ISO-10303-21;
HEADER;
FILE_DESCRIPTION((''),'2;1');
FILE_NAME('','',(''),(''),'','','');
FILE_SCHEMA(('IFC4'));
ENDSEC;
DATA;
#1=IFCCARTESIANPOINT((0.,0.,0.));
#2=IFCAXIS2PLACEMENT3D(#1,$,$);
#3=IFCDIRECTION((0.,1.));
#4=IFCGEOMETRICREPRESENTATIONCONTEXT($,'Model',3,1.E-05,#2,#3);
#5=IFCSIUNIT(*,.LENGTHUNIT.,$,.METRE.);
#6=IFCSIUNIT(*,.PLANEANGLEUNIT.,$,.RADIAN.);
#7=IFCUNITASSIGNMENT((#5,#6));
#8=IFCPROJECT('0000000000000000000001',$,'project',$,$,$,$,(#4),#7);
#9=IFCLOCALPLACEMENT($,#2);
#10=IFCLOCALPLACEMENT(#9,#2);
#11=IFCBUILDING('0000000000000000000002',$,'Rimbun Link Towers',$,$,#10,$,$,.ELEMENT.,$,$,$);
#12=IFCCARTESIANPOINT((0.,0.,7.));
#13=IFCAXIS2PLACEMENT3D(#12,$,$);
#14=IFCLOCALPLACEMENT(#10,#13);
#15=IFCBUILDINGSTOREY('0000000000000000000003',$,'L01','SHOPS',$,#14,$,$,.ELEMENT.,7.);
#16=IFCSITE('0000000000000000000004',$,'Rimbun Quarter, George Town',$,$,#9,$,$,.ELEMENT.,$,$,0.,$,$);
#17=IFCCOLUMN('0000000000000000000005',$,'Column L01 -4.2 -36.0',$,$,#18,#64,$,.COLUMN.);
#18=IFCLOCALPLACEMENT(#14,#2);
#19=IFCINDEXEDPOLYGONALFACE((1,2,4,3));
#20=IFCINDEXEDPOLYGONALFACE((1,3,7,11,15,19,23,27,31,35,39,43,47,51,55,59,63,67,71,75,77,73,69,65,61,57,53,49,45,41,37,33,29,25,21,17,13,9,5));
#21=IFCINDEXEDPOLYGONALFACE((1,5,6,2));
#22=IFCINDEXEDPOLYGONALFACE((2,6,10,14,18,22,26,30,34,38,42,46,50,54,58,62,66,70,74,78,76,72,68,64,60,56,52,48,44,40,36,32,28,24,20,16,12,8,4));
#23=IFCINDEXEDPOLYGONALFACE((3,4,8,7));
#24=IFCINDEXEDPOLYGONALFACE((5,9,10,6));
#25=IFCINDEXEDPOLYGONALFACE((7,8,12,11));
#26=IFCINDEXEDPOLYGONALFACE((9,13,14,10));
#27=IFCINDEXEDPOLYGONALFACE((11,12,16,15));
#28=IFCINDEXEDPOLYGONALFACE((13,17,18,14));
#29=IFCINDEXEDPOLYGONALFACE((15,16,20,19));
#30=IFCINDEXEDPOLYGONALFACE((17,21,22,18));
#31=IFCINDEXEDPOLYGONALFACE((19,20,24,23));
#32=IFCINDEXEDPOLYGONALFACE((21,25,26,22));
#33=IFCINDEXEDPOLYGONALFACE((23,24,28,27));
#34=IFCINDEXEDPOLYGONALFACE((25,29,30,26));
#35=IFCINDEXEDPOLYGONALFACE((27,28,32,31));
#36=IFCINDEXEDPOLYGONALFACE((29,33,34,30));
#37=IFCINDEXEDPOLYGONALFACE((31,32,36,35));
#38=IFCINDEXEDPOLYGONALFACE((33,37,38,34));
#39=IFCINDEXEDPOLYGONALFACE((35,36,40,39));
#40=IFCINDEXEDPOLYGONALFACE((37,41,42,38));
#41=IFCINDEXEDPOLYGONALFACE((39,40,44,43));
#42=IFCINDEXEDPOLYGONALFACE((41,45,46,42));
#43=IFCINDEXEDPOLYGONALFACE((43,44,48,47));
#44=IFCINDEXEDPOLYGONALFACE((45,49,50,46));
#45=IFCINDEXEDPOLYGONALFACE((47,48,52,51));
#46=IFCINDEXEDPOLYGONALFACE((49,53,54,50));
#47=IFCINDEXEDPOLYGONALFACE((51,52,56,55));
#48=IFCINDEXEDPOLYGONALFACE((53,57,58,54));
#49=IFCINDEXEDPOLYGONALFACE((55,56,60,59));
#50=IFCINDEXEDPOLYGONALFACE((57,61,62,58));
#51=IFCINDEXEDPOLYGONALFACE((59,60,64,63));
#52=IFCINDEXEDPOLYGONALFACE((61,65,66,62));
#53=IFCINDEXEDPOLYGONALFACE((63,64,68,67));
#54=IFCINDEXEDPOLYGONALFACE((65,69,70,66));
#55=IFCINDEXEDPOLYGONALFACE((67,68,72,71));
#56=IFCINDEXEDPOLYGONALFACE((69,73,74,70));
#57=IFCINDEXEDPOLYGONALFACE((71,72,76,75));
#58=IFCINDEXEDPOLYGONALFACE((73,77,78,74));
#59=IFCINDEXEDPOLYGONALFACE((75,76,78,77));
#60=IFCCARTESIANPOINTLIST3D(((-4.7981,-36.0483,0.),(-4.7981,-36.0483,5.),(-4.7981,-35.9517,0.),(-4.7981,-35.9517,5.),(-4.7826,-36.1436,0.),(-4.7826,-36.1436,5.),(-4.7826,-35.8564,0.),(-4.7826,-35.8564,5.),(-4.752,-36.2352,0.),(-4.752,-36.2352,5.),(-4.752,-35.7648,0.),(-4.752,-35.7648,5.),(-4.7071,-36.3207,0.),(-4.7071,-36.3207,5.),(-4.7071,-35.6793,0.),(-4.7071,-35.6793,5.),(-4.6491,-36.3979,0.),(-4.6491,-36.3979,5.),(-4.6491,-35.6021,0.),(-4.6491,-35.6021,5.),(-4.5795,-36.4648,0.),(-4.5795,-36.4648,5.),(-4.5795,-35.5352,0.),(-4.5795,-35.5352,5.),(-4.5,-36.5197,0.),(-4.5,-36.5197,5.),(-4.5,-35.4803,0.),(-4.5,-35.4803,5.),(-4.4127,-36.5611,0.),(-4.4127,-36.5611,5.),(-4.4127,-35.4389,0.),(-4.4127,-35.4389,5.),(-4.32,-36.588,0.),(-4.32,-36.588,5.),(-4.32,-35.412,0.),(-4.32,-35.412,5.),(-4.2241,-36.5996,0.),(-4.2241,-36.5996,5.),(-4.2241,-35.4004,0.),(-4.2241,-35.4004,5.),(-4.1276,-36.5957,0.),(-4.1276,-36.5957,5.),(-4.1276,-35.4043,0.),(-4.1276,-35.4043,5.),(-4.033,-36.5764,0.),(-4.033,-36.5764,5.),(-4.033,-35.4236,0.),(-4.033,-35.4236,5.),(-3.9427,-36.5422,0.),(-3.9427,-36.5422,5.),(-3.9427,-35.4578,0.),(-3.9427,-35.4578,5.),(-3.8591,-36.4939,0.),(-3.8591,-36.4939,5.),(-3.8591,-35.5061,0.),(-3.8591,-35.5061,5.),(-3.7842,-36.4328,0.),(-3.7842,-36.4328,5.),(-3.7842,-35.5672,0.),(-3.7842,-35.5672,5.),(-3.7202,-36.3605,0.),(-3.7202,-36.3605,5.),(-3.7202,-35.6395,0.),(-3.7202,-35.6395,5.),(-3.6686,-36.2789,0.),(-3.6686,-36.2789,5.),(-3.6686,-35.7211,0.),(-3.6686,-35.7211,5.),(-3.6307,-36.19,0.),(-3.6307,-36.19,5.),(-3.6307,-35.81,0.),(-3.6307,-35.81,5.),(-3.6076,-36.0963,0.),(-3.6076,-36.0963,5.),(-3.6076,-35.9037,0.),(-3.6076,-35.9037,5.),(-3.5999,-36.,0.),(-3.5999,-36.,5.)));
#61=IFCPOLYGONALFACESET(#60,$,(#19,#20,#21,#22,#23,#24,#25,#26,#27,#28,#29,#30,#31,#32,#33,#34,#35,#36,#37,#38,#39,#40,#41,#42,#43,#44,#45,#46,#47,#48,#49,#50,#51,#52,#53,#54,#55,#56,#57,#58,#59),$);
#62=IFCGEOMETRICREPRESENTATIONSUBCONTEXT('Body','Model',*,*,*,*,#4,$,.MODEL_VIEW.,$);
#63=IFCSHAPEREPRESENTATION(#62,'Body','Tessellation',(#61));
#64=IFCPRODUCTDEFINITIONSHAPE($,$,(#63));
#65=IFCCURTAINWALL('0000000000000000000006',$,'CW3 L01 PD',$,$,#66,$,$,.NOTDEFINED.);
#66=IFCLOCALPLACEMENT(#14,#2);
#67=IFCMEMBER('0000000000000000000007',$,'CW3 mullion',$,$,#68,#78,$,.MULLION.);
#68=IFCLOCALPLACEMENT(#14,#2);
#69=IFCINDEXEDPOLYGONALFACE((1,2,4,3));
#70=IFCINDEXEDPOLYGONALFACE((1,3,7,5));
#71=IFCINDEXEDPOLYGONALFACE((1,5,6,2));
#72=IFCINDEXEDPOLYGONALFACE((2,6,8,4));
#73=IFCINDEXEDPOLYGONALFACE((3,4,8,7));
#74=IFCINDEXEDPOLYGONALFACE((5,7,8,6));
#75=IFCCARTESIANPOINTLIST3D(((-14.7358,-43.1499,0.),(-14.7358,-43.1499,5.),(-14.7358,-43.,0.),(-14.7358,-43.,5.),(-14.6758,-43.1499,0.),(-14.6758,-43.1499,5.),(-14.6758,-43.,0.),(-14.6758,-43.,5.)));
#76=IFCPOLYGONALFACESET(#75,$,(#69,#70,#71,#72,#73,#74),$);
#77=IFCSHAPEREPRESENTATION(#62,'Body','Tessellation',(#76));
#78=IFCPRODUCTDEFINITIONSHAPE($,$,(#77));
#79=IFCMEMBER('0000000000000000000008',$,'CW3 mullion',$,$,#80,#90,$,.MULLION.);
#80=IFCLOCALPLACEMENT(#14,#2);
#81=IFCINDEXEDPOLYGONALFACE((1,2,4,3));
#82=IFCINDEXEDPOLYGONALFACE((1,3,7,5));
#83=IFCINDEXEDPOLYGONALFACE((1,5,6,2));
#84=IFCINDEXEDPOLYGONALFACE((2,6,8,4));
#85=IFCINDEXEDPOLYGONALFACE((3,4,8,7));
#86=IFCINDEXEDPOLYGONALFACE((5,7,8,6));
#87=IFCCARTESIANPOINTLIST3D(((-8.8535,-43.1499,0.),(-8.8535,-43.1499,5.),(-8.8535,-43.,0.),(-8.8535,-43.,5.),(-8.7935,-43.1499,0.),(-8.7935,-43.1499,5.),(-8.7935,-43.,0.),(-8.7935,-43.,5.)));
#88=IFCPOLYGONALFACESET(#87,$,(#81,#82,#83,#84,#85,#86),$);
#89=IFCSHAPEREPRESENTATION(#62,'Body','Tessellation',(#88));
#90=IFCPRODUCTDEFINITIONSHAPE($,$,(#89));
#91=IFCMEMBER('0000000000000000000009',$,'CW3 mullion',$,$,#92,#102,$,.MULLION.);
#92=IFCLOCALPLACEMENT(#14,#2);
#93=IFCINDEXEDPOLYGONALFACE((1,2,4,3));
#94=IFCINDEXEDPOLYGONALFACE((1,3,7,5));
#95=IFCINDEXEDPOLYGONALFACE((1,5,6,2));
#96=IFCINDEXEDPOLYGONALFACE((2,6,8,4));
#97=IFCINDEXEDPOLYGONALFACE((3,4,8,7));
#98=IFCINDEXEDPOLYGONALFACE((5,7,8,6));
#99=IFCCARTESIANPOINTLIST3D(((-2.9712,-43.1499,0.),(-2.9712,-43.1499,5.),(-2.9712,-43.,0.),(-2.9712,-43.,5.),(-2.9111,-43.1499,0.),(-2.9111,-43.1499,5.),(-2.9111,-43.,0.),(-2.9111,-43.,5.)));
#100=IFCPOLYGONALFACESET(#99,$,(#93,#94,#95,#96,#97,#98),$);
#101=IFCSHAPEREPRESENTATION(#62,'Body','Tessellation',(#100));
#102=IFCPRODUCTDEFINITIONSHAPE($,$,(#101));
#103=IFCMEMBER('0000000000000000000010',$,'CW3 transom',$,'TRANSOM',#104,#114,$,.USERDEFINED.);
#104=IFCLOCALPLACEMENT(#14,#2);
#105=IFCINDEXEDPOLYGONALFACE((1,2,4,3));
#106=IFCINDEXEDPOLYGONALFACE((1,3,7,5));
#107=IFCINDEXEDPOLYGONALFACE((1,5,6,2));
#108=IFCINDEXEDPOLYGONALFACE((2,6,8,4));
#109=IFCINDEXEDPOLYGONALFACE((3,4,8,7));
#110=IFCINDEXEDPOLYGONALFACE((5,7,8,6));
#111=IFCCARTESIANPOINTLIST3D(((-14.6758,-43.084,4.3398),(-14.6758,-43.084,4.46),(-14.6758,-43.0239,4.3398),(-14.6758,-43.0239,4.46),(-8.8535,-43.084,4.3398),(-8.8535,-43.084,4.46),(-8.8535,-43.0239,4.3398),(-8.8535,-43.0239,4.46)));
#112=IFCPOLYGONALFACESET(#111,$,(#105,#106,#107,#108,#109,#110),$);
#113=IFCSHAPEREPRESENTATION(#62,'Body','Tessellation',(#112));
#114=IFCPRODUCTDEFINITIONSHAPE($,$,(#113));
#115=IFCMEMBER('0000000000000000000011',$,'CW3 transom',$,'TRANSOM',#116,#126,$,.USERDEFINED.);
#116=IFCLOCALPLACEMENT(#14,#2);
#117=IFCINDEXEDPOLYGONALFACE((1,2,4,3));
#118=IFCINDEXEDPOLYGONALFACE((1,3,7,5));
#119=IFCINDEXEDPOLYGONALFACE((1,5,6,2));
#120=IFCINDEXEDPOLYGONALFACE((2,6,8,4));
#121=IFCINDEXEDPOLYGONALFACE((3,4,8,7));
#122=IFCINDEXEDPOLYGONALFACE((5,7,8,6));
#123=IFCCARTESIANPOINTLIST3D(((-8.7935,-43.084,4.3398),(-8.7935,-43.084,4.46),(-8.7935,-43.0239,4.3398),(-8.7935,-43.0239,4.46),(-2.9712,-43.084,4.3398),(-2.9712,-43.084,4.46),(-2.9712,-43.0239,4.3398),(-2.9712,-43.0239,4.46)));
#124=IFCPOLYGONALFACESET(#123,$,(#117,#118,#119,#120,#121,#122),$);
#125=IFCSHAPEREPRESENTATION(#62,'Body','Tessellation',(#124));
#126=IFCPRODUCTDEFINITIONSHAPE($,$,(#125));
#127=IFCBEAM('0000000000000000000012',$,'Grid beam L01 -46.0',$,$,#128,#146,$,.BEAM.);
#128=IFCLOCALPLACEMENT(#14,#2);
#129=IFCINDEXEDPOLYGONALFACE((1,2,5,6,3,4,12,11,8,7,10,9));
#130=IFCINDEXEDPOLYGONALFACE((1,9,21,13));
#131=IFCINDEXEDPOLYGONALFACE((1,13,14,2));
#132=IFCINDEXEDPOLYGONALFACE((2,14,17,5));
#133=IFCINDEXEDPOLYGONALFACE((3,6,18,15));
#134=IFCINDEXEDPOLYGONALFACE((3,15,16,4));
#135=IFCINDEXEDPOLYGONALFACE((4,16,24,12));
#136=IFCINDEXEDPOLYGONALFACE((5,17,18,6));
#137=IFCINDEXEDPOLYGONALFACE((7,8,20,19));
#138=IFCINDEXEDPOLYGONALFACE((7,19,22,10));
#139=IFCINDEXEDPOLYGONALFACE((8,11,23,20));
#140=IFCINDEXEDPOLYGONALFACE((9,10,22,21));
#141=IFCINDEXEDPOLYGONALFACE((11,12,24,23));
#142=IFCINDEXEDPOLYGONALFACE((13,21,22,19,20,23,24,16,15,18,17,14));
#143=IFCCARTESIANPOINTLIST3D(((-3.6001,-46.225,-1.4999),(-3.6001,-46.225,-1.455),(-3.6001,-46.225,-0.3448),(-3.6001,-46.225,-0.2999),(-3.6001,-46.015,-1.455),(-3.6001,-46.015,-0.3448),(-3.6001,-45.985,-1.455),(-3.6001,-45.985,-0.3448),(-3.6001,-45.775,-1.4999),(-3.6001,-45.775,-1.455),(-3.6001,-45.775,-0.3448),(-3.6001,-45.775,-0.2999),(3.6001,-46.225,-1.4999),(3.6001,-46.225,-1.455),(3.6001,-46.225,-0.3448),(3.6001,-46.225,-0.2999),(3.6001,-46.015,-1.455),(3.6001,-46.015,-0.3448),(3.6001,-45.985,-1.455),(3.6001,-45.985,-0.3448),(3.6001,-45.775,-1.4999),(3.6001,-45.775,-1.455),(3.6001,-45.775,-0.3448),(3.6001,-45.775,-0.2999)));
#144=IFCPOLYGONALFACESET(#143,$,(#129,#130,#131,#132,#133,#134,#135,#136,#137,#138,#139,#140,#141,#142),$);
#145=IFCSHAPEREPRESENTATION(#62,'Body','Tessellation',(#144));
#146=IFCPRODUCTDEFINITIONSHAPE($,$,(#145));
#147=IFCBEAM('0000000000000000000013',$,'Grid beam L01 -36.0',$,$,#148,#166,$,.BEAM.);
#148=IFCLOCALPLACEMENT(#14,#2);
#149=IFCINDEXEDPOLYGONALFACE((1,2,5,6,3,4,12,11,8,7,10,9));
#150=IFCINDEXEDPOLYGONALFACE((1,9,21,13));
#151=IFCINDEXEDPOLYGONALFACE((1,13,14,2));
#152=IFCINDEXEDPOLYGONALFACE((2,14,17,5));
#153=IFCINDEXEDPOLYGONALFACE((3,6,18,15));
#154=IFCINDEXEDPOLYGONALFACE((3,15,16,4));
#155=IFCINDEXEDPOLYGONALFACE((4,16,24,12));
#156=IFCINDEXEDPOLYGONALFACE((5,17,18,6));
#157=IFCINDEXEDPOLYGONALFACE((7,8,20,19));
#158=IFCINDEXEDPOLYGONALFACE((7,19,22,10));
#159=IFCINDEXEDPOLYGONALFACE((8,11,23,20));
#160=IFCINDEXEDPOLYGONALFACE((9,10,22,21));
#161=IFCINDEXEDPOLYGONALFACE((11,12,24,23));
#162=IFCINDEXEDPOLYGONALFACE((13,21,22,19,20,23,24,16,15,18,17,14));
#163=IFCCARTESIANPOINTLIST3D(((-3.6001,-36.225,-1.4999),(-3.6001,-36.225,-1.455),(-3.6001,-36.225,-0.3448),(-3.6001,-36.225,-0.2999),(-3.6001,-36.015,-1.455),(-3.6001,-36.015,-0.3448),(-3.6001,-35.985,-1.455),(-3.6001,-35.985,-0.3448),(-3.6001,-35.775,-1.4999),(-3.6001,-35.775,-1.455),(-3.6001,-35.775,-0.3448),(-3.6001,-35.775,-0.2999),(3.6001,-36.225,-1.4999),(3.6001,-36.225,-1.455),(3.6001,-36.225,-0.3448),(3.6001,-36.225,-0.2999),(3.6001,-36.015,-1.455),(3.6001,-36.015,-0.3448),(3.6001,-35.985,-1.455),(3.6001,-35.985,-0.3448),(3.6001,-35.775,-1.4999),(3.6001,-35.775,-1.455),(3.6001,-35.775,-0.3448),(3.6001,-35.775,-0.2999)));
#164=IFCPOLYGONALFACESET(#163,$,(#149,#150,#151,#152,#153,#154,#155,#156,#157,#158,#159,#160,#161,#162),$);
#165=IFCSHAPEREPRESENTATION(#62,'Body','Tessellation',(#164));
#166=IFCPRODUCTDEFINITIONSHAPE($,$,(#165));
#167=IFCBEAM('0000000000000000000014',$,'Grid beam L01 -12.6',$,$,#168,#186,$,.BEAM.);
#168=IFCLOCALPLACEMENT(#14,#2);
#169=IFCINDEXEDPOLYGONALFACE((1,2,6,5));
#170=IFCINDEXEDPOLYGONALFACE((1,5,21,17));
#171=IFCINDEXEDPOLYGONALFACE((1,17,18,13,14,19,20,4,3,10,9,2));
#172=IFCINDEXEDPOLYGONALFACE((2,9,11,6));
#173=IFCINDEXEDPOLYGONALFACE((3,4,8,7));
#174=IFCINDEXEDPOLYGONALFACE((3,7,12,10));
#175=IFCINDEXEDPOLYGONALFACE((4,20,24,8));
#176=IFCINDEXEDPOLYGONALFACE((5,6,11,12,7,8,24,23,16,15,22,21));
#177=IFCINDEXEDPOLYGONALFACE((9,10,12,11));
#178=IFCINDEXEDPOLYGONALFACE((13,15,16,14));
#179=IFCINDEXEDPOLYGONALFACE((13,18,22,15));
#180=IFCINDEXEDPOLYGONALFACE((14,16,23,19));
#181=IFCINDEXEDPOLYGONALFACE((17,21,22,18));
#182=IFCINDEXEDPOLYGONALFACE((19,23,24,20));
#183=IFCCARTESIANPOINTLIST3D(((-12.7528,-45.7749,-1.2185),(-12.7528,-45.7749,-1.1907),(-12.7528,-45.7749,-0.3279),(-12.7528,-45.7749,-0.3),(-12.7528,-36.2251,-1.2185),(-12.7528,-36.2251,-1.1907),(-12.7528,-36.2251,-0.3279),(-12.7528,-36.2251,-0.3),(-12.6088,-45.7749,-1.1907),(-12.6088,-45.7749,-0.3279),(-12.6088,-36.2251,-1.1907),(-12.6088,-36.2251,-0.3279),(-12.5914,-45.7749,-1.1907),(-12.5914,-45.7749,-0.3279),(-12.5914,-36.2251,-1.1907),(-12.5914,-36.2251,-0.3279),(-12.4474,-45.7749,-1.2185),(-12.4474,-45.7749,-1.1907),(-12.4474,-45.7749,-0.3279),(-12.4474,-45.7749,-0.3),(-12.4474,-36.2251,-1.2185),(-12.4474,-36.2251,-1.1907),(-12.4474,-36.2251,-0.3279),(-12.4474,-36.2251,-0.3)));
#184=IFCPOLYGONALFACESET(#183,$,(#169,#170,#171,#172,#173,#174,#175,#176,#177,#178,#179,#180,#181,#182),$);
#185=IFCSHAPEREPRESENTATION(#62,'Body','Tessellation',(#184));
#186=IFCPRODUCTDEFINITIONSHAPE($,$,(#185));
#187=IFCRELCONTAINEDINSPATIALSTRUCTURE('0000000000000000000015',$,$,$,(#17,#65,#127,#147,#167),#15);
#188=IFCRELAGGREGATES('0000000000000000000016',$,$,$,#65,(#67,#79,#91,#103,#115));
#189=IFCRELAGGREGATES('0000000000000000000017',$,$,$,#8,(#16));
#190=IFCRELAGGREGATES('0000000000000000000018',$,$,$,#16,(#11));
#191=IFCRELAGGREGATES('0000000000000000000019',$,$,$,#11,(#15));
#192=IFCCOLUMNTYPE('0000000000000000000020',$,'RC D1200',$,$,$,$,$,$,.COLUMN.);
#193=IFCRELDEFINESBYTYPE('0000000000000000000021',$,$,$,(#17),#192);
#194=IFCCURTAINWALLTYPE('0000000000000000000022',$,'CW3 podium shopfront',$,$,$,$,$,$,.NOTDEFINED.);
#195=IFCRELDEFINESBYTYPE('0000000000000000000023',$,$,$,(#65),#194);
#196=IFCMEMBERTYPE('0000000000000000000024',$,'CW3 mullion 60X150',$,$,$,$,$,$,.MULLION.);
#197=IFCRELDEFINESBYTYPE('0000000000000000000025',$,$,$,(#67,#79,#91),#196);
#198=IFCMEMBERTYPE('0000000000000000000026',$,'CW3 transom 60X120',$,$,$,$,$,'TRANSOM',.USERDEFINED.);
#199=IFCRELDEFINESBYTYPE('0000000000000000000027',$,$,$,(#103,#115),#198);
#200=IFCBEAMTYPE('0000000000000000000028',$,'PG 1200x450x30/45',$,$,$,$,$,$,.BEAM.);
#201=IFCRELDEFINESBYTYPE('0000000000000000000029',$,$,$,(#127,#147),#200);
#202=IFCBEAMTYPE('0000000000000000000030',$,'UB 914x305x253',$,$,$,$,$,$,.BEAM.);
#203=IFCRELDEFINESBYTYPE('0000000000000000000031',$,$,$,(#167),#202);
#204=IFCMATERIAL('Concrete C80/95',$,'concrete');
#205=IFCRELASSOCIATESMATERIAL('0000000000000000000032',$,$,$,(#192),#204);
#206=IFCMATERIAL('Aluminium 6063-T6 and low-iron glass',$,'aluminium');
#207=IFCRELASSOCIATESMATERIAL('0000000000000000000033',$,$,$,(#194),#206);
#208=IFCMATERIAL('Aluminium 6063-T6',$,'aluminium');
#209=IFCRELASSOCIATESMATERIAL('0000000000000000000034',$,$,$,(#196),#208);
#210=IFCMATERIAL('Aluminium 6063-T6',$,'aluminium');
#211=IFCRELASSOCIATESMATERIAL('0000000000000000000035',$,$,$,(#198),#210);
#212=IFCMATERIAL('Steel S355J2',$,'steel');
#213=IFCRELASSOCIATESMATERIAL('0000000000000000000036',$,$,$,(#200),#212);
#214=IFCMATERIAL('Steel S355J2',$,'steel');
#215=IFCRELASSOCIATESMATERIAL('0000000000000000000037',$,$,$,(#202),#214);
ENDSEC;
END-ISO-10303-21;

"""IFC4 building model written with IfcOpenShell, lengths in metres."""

from ifc_helpers import new_model, si_unit, direction, frame, origin, origin_2d, place, context, subcontext, project, spatial, rectangle, circle, i_section, extrude, material, material_profile, profile_set, type_object, element, aggregate, save


model = new_model("IFC4")

# Units and contexts
model_context = context("Model", 3, precision=1e-05, world=origin(), true_north=direction((0.0, 1.0)))
body_context = subcontext(model_context, "Body", "Model", "MODEL_VIEW")
ifc_project = project(units=[si_unit("LENGTHUNIT", "METRE"), si_unit("PLANEANGLEUNIT", "RADIAN")], contexts=[model_context])

# Site, building, storey
site_placement = place(None, origin())
site = spatial("IfcSite", under=ifc_project, at=site_placement, Name="Rimbun Quarter, George Town", CompositionType="ELEMENT", RefElevation=0.0)
building_placement = place(site_placement, origin())
building = spatial("IfcBuilding", under=site, at=building_placement, Name="Rimbun Link Towers", CompositionType="ELEMENT")
storey_placement = place(building_placement, frame((0.0, 0.0, 7.0)))
storey = spatial("IfcBuildingStorey", under=building, at=storey_placement, Name="L01", Description="SHOPS", CompositionType="ELEMENT", Elevation=7.0)

# Column
ifc_material_1 = material(Name="Concrete C80/95", Category="concrete")
ifc_material_profile_1 = material_profile(ifc_material_1, circle(Radius=0.6001, at=origin_2d()), Name="RC D1200")
ifc_profile_set_1 = profile_set([ifc_material_profile_1], Name="Concrete C80/95")
column_type = type_object("IfcColumnType", Name="RC D1200", PredefinedType="COLUMN", material=ifc_profile_set_1)
column_placement = place(storey_placement, frame((-4.2, -36.0, 0.0), z_axis=(0.0, 0.0, 1.0), x_axis=(1.0, 0.0, 0.0)))
element("IfcColumn", 1, at=column_placement, inside=storey, type_object=column_type, Name="Column L01 -4.2 -36.0", PredefinedType="COLUMN", context=body_context, shape_type="SweptSolid", body=[
    extrude(circle(Radius=0.6001, at=origin_2d()), origin(), (0.0, 0.0, 1.0), 5.0),
])

# Curtain wall, members
ifc_material_2 = material(Name="Aluminium 6063-T6 and low-iron glass", Category="aluminium")
curtain_wall_type = type_object("IfcCurtainWallType", Name="CW3 podium shopfront", PredefinedType="NOTDEFINED", material=ifc_material_2)
curtain_wall_placement = place(storey_placement, origin())
curtain_wall = element("IfcCurtainWall", 2, at=curtain_wall_placement, inside=storey, type_object=curtain_wall_type, Name="CW3 L01 PD", PredefinedType="NOTDEFINED")
ifc_material_3 = material(Name="Aluminium 6063-T6", Category="aluminium")
ifc_material_profile_2 = material_profile(ifc_material_3, rectangle(XDim=0.1499, YDim=0.0601, at=origin_2d()), Name="MULLION 60X150")
ifc_profile_set_2 = profile_set([ifc_material_profile_2], Name="Aluminium 6063-T6")
member_type_1 = type_object("IfcMemberType", Name="CW3 mullion 60X150", PredefinedType="MULLION", material=ifc_profile_set_2)
member_1_placement = place(storey_placement, frame((-14.7058, -43.075, 0.0), z_axis=(0.0, 0.0, 1.0), x_axis=(0.0, -1.0, 0.0)))
member_1 = element("IfcMember", 3, at=member_1_placement, type_object=member_type_1, Name="CW3 mullion", PredefinedType="MULLION", context=body_context, shape_type="SweptSolid", body=[
    extrude(rectangle(XDim=0.1499, YDim=0.0601, at=origin_2d()), origin(), (0.0, 0.0, 1.0), 5.0),
])
member_2_placement = place(storey_placement, frame((-8.8235, -43.075, 0.0), z_axis=(0.0, 0.0, 1.0), x_axis=(0.0, -1.0, 0.0)))
member_2 = element("IfcMember", 4, at=member_2_placement, type_object=member_type_1, Name="CW3 mullion", PredefinedType="MULLION", context=body_context, shape_type="SweptSolid", body=[
    extrude(rectangle(XDim=0.1499, YDim=0.0601, at=origin_2d()), origin(), (0.0, 0.0, 1.0), 5.0),
])
member_3_placement = place(storey_placement, frame((-2.9412, -43.075, 0.0), z_axis=(0.0, 0.0, 1.0), x_axis=(0.0, -1.0, 0.0)))
member_3 = element("IfcMember", 5, at=member_3_placement, type_object=member_type_1, Name="CW3 mullion", PredefinedType="MULLION", context=body_context, shape_type="SweptSolid", body=[
    extrude(rectangle(XDim=0.1499, YDim=0.0601, at=origin_2d()), origin(), (0.0, 0.0, 1.0), 5.0),
])
ifc_material_4 = material(Name="Aluminium 6063-T6", Category="aluminium")
ifc_material_profile_3 = material_profile(ifc_material_4, rectangle(XDim=0.0601, YDim=0.1201, at=origin_2d()), Name="TRANSOM 60X120")
ifc_profile_set_3 = profile_set([ifc_material_profile_3], Name="Aluminium 6063-T6")
member_type_2 = type_object("IfcMemberType", Name="CW3 transom 60X120", ElementType="TRANSOM", PredefinedType="USERDEFINED", material=ifc_profile_set_3)
member_4_placement = place(storey_placement, frame((-8.8535, -43.054, 4.3999), z_axis=(-1.0, 0.0, 0.0), x_axis=(0.0, -1.0, 0.0)))
member_4 = element("IfcMember", 6, at=member_4_placement, type_object=member_type_2, Name="CW3 transom", ObjectType="TRANSOM", PredefinedType="USERDEFINED", context=body_context, shape_type="SweptSolid", body=[
    extrude(rectangle(XDim=0.0601, YDim=0.1201, at=origin_2d()), origin(), (0.0, 0.0, 1.0), 5.8223),
])
member_5_placement = place(storey_placement, frame((-2.9712, -43.054, 4.3999), z_axis=(-1.0, 0.0, 0.0), x_axis=(0.0, -1.0, 0.0)))
member_5 = element("IfcMember", 7, at=member_5_placement, type_object=member_type_2, Name="CW3 transom", ObjectType="TRANSOM", PredefinedType="USERDEFINED", context=body_context, shape_type="SweptSolid", body=[
    extrude(rectangle(XDim=0.0601, YDim=0.1201, at=origin_2d()), origin(), (0.0, 0.0, 1.0), 5.8223),
])

# Beams
ifc_material_5 = material(Name="Steel S355J2", Category="steel")
ifc_material_profile_4 = material_profile(ifc_material_5, i_section(OverallWidth=0.45, OverallDepth=1.2, WebThickness=0.03, FlangeThickness=0.0449, at=origin_2d()), Name="PG 1200x450x30/45")
ifc_profile_set_4 = profile_set([ifc_material_profile_4], Name="Steel S355J2")
beam_type_1 = type_object("IfcBeamType", Name="PG 1200x450x30/45", PredefinedType="BEAM", material=ifc_profile_set_4)
for number, where, z_axis, x_axis, name in (
    (8, (-3.6001, -46.0, -0.8999), (1.0, 0.0, 0.0), (0.0, 1.0, 0.0), "Grid beam L01 -46.0"),
    (9, (-3.6001, -36.0, -0.8999), (1.0, 0.0, 0.0), (0.0, 1.0, 0.0), "Grid beam L01 -36.0"),
):
    element("IfcBeam", number, at=place(storey_placement, frame(where, z_axis=z_axis, x_axis=x_axis)), inside=storey, type_object=beam_type_1, Name=name, PredefinedType="BEAM", context=body_context, shape_type="SweptSolid", body=[
        extrude(i_section(OverallWidth=0.45, OverallDepth=1.2, WebThickness=0.03, FlangeThickness=0.0449, at=origin_2d()), origin(), (0.0, 0.0, 1.0), 7.2002),
    ])
ifc_material_6 = material(Name="Steel S355J2", Category="steel")
ifc_material_profile_5 = material_profile(ifc_material_6, i_section(OverallWidth=0.3054, OverallDepth=0.9185, WebThickness=0.0173, FlangeThickness=0.0278, at=origin_2d()), Name="UB 914x305x253")
ifc_profile_set_5 = profile_set([ifc_material_profile_5], Name="Steel S355J2")
beam_type_2 = type_object("IfcBeamType", Name="UB 914x305x253", PredefinedType="BEAM", material=ifc_profile_set_5)
for number, where, z_axis, x_axis, name in (
    (10, (-12.6001, -45.7749, -0.7593), (0.0, 1.0, 0.0), (-1.0, 0.0, 0.0), "Grid beam L01 -12.6"),
):
    element("IfcBeam", number, at=place(storey_placement, frame(where, z_axis=z_axis, x_axis=x_axis)), inside=storey, type_object=beam_type_2, Name=name, PredefinedType="BEAM", context=body_context, shape_type="SweptSolid", body=[
        extrude(i_section(OverallWidth=0.3054, OverallDepth=0.9185, WebThickness=0.0173, FlangeThickness=0.0278, at=origin_2d()), origin(), (0.0, 0.0, 1.0), 9.5498),
    ])

aggregate(curtain_wall, [member_1, member_2, member_3, member_4, member_5])

save(model, "model.ifc")
